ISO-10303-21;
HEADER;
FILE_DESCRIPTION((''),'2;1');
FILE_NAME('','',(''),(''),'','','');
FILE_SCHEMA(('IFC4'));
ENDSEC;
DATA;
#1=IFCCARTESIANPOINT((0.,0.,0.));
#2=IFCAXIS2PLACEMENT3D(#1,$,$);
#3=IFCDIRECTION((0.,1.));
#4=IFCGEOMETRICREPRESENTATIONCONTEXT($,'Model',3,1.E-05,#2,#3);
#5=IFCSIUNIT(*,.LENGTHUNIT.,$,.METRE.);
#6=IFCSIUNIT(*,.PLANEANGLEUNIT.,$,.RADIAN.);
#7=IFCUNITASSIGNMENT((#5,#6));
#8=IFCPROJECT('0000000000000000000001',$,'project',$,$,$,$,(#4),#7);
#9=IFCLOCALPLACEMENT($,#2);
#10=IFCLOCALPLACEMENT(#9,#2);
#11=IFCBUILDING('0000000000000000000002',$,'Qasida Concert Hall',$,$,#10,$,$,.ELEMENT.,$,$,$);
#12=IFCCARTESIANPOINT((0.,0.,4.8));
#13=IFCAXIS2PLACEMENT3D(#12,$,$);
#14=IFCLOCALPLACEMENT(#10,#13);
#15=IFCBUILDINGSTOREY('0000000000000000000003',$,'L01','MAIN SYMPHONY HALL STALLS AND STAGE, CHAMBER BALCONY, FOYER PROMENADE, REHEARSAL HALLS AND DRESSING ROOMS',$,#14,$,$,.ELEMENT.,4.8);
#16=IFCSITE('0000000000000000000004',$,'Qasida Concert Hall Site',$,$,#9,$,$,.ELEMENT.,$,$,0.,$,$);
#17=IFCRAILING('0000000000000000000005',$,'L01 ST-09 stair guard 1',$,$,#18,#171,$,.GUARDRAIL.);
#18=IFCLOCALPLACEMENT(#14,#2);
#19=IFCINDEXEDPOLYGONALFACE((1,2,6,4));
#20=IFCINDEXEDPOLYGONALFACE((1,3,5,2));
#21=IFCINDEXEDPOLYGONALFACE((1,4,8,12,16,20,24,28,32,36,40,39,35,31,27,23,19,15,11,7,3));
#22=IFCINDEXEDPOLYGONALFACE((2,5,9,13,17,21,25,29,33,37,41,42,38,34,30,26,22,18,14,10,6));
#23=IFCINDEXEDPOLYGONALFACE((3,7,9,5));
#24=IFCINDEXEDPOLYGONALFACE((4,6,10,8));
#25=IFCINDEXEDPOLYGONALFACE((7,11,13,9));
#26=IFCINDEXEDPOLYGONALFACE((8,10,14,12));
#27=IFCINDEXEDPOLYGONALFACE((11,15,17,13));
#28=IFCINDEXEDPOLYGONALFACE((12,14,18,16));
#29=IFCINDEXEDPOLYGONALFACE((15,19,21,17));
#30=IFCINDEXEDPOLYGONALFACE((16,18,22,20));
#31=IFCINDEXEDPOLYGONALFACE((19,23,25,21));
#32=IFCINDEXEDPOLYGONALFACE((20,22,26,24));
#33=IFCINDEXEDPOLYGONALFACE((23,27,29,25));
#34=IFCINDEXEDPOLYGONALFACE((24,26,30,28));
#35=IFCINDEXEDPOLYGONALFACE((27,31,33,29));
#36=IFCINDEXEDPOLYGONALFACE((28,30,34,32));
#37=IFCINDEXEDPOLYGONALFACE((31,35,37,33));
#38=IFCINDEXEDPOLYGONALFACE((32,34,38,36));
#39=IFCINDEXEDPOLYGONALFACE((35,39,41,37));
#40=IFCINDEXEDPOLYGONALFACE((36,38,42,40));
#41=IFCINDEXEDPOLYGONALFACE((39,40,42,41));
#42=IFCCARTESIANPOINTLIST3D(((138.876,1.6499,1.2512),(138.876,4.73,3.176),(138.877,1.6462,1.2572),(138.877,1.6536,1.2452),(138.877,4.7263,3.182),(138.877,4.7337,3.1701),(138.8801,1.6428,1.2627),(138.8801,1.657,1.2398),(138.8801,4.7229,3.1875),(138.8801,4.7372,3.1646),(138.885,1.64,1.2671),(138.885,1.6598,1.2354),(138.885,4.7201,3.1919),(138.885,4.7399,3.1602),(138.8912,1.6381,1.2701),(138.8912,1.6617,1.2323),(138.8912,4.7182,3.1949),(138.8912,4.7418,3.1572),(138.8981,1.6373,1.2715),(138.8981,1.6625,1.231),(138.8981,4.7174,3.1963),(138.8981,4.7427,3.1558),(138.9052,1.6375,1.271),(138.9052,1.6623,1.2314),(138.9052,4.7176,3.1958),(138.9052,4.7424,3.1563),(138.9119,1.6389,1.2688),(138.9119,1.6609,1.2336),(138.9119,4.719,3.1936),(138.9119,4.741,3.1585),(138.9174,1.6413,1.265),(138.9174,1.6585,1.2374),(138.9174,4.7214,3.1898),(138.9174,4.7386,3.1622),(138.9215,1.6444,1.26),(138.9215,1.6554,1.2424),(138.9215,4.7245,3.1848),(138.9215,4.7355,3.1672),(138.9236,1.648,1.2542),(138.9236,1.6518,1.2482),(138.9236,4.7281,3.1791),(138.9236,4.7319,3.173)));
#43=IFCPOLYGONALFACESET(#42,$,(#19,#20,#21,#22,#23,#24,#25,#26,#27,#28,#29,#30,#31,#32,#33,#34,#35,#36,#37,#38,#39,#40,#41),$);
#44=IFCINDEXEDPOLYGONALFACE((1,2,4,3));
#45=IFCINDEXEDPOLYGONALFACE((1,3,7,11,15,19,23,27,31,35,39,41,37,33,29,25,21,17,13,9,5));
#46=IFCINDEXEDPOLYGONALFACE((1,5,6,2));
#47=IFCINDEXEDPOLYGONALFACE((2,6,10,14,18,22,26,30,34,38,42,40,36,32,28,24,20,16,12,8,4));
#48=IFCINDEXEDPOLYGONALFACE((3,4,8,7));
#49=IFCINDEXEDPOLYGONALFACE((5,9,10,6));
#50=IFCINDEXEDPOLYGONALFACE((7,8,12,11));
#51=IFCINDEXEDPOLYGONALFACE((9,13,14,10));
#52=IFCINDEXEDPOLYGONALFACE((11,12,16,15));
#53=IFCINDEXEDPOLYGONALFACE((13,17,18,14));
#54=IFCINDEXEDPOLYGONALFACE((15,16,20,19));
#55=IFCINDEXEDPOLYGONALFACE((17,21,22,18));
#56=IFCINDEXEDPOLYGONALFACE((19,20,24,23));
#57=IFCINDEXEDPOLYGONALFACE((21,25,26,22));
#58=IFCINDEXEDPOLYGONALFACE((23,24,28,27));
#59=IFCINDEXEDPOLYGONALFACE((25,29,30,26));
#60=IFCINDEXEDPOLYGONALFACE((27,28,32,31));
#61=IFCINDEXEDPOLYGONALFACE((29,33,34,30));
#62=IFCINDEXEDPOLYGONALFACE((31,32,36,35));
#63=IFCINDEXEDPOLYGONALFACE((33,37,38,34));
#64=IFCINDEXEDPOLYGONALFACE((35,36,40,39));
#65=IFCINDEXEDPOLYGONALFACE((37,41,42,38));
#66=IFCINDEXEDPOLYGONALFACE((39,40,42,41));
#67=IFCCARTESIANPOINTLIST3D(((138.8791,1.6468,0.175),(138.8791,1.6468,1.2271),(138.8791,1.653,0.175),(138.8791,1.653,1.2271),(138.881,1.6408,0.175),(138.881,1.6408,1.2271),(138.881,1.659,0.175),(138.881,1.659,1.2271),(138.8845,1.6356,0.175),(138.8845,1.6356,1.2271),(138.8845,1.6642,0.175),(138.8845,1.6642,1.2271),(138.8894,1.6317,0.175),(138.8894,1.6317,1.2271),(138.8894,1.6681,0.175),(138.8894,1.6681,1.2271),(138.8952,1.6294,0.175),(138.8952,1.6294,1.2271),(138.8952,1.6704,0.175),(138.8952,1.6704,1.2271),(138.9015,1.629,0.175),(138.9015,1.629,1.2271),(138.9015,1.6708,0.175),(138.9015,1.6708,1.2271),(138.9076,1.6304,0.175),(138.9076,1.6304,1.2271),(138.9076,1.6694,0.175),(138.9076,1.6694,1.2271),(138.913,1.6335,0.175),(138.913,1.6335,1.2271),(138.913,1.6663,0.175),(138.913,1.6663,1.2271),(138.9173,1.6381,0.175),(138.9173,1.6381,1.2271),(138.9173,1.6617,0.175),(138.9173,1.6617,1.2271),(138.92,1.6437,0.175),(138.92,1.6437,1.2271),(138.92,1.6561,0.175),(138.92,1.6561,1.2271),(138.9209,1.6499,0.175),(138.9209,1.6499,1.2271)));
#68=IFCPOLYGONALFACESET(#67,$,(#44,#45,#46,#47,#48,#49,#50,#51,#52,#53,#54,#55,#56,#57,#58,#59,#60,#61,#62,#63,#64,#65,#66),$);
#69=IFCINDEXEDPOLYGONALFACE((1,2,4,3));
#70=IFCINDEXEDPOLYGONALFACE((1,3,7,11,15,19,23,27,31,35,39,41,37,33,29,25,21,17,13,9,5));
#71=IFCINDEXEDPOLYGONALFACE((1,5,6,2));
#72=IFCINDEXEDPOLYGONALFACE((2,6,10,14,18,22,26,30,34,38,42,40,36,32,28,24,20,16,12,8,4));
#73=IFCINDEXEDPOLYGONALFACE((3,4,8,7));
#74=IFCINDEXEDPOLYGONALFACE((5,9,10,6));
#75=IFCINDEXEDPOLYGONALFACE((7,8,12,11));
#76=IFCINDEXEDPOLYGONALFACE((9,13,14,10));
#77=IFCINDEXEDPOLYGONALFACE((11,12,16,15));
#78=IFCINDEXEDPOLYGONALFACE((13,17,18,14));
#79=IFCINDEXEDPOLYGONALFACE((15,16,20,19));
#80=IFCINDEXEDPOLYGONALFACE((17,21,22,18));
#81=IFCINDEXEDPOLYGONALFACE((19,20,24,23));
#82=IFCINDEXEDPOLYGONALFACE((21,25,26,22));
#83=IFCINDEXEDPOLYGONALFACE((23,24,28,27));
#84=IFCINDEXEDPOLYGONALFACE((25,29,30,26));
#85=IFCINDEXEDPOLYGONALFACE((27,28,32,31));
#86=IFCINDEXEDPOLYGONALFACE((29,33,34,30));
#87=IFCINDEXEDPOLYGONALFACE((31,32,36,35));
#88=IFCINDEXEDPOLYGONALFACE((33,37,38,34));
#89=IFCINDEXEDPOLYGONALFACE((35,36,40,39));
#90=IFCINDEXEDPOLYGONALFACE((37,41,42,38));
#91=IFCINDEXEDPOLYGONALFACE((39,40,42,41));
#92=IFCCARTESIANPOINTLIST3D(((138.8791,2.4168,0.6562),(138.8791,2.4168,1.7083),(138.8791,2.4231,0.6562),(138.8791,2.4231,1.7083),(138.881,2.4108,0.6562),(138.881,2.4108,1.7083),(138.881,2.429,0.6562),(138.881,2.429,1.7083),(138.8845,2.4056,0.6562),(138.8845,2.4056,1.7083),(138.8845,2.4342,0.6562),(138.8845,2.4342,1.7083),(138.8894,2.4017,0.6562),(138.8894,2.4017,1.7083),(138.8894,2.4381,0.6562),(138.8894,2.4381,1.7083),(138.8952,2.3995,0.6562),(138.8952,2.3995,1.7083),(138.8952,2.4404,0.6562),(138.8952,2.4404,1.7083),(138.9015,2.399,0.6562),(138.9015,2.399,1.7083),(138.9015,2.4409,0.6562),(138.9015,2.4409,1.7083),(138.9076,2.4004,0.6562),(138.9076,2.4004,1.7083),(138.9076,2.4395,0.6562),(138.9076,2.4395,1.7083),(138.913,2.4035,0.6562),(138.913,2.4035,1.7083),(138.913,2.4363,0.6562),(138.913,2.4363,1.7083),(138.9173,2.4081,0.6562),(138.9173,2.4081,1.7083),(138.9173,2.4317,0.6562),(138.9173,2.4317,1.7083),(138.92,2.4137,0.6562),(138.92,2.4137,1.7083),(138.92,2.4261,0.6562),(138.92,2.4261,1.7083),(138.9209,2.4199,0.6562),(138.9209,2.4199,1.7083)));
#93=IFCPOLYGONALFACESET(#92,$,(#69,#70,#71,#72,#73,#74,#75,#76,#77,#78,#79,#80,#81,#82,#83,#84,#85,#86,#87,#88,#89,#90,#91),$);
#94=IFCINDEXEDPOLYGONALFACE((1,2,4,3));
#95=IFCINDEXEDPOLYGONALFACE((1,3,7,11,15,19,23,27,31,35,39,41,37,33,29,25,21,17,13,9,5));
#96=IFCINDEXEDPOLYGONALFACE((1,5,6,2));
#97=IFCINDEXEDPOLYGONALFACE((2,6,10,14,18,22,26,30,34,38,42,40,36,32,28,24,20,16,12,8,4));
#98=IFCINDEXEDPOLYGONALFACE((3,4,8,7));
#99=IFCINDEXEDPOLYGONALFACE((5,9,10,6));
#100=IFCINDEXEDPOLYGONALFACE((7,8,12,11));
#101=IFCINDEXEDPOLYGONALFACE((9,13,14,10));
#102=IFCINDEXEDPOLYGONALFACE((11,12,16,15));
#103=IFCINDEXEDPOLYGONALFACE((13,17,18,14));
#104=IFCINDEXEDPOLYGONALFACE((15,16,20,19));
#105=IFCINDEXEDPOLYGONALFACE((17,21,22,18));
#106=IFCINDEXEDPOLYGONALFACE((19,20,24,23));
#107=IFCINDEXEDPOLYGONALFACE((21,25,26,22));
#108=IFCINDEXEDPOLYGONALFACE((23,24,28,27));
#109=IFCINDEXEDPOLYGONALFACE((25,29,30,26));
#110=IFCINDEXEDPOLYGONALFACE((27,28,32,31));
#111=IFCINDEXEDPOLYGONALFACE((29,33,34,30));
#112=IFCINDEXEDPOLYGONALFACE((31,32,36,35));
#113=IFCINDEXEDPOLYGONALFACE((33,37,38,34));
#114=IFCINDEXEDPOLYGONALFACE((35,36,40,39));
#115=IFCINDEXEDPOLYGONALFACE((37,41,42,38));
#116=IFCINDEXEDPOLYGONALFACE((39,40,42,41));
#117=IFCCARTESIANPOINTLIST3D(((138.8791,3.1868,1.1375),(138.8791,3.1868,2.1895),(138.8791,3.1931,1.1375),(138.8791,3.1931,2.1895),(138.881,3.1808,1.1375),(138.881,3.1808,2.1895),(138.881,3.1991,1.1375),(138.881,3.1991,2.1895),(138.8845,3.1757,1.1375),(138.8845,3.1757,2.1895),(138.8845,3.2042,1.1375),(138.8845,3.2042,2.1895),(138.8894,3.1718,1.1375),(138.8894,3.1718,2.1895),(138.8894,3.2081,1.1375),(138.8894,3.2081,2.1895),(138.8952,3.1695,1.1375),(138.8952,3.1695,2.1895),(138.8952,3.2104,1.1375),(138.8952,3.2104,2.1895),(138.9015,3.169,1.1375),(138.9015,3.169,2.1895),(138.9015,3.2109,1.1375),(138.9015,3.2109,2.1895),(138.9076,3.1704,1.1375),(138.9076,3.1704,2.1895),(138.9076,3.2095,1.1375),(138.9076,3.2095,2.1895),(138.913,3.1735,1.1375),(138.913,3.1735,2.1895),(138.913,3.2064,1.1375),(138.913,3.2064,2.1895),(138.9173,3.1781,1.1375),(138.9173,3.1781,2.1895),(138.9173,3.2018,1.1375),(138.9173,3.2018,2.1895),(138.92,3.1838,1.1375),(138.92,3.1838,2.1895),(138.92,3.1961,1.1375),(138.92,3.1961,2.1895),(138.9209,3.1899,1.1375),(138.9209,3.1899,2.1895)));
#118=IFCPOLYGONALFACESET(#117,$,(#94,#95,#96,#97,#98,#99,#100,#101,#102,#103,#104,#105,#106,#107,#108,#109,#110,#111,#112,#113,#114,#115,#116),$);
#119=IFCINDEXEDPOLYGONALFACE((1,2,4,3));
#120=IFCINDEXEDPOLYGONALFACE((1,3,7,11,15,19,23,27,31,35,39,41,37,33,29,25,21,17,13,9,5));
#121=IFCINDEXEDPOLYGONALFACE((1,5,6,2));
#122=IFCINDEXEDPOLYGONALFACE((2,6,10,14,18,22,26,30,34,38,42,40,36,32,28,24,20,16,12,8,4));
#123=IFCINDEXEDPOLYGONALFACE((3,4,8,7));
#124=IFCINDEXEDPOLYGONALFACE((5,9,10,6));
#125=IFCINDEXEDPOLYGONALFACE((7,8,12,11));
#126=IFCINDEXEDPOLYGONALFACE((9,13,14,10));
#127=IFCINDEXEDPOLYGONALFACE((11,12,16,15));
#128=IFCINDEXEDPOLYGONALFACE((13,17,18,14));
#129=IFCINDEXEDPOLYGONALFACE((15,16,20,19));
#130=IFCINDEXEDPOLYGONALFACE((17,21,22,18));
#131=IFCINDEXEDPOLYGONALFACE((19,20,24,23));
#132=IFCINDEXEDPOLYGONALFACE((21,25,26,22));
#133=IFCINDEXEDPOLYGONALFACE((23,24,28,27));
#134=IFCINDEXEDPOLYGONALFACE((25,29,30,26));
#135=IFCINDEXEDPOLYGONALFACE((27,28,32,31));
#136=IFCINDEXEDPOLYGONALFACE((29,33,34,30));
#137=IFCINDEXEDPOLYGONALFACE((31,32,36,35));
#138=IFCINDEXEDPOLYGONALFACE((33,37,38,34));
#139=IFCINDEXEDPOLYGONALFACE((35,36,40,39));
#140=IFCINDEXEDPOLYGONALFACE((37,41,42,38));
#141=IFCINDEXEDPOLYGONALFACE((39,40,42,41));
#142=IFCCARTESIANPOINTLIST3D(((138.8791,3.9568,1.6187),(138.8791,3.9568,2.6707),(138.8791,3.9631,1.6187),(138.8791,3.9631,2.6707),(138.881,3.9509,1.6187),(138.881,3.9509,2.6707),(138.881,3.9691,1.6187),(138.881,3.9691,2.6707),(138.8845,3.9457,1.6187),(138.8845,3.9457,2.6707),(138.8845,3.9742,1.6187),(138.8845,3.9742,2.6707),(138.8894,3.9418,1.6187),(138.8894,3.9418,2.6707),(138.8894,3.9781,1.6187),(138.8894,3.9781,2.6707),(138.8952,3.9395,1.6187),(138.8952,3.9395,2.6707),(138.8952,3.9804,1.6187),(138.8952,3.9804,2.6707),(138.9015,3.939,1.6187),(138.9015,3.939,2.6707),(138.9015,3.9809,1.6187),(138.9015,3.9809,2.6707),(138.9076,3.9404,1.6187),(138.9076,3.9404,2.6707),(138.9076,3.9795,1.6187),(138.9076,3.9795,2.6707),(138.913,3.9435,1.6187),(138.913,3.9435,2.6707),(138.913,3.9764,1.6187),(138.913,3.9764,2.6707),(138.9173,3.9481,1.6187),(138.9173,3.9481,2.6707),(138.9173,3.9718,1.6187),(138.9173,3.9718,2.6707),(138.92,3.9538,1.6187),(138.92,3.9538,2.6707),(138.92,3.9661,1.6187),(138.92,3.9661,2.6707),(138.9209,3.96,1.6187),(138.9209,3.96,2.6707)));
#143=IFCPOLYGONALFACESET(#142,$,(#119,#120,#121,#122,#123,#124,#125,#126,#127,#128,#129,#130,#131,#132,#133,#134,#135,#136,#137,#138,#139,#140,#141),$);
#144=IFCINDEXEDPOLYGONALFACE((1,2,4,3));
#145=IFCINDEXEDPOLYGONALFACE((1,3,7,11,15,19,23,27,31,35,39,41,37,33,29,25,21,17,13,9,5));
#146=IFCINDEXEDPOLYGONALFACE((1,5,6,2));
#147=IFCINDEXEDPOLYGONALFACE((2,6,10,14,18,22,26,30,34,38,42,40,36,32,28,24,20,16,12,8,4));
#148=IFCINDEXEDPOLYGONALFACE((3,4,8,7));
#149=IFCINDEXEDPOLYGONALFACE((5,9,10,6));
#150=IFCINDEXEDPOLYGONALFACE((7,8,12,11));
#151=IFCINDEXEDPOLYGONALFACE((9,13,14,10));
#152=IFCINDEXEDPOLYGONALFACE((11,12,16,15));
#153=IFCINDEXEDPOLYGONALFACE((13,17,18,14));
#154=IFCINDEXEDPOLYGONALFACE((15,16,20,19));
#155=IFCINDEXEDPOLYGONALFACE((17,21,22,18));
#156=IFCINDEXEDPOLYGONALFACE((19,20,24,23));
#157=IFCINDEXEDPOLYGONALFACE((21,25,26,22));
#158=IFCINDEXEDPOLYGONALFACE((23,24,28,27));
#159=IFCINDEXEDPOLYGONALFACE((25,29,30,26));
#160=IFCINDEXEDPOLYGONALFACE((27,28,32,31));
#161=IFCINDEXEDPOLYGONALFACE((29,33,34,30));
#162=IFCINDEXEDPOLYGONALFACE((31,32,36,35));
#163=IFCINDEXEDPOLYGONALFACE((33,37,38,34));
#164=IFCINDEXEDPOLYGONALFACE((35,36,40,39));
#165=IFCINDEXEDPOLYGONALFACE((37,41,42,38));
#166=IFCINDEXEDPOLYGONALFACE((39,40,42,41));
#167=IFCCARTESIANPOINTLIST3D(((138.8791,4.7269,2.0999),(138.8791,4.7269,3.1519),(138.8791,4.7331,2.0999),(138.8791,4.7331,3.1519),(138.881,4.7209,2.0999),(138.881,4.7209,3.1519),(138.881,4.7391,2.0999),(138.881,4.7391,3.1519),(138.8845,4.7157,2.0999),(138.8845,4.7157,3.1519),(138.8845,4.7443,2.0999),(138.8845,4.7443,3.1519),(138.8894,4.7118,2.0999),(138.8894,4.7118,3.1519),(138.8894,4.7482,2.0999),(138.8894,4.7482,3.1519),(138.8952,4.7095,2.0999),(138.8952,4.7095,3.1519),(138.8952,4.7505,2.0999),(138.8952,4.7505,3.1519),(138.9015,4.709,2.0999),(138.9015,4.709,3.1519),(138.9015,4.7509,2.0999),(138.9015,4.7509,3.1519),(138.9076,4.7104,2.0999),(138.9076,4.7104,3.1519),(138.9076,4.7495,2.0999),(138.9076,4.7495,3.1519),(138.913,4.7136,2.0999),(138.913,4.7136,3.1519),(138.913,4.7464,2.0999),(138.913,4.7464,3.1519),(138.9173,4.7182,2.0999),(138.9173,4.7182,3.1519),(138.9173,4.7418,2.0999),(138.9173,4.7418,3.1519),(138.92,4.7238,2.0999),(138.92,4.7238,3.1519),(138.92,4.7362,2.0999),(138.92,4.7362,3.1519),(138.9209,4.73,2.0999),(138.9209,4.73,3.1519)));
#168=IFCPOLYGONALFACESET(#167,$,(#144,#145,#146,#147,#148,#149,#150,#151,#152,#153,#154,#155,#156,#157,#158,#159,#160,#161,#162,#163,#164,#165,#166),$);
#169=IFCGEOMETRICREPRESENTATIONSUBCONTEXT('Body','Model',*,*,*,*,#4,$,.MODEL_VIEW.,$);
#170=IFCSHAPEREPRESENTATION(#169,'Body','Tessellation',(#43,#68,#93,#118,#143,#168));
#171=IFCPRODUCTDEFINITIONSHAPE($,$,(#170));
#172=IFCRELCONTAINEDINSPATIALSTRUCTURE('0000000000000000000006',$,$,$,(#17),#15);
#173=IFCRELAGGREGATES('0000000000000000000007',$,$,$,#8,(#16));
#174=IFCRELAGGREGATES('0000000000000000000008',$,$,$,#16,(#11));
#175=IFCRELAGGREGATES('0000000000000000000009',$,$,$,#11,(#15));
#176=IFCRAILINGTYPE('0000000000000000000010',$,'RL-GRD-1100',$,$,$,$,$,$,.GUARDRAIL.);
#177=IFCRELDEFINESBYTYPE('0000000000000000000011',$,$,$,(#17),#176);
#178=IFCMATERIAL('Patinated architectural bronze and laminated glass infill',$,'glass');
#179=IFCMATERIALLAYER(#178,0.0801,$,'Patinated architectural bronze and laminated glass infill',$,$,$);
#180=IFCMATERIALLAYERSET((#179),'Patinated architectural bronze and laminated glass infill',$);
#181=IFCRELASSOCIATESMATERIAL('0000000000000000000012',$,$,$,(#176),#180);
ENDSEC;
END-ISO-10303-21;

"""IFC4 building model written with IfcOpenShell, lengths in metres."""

from ifc_helpers import new_model, si_unit, direction, frame, origin, origin_2d, place, context, subcontext, project, spatial, circle, extrude, material, layer, layer_set, type_object, element, save


model = new_model("IFC4")

# Units and contexts
model_context = context("Model", 3, precision=1e-05, world=origin(), true_north=direction((0.0, 1.0)))
body_context = subcontext(model_context, "Body", "Model", "MODEL_VIEW")
ifc_project = project(units=[si_unit("LENGTHUNIT", "METRE"), si_unit("PLANEANGLEUNIT", "RADIAN")], contexts=[model_context])

# Site, building, storey
site_placement = place(None, origin())
site = spatial("IfcSite", under=ifc_project, at=site_placement, Name="Qasida Concert Hall Site", CompositionType="ELEMENT", RefElevation=0.0)
building_placement = place(site_placement, origin())
building = spatial("IfcBuilding", under=site, at=building_placement, Name="Qasida Concert Hall", CompositionType="ELEMENT")
storey_placement = place(building_placement, frame((0.0, 0.0, 4.8)))
storey = spatial("IfcBuildingStorey", under=building, at=storey_placement, Name="L01", Description="MAIN SYMPHONY HALL STALLS AND STAGE, CHAMBER BALCONY, FOYER PROMENADE, REHEARSAL HALLS AND DRESSING ROOMS", CompositionType="ELEMENT", Elevation=4.8)

# Railing
ifc_material_1 = material(Name="Patinated architectural bronze and laminated glass infill", Category="glass")
ifc_layer_1 = layer(ifc_material_1, 0.0801, Name="Patinated architectural bronze and laminated glass infill")
ifc_layer_set_1 = layer_set([ifc_layer_1], Name="Patinated architectural bronze and laminated glass infill")
railing_type_1 = type_object("IfcRailingType", Name="RL-GRD-1100", PredefinedType="GUARDRAIL", material=ifc_layer_set_1)
railing_1_placement = place(storey_placement, frame((138.8999, 1.6499, 0.175)))
element("IfcRailing", 1, at=railing_1_placement, inside=storey, type_object=railing_type_1, Name="L01 ST-09 stair guard 1", PredefinedType="GUARDRAIL", context=body_context, shape_type="SweptSolid", body=[
    extrude(circle(Radius=0.0239, at=origin_2d()), frame((0.0, 0.0, 1.0762), z_axis=(0.0, 0.848029, 0.529951), x_axis=(-1.0, 0.0, 0.0)), (0.0, 0.0, 1.0), 3.6321),
    extrude(circle(Radius=0.021, at=origin_2d()), origin(), (0.0, 0.0, 1.0), 1.052),
    extrude(circle(Radius=0.021, at=origin_2d()), frame((0.0, 0.77, 0.4812)), (0.0, 0.0, 1.0), 1.052),
    extrude(circle(Radius=0.021, at=origin_2d()), frame((0.0, 1.54, 0.9624)), (0.0, 0.0, 1.0), 1.052),
    extrude(circle(Radius=0.021, at=origin_2d()), frame((0.0, 2.3101, 1.4436)), (0.0, 0.0, 1.0), 1.052),
    extrude(circle(Radius=0.021, at=origin_2d()), frame((0.0, 3.0801, 1.9248)), (0.0, 0.0, 1.0), 1.052),
])

save(model, "model.ifc")
